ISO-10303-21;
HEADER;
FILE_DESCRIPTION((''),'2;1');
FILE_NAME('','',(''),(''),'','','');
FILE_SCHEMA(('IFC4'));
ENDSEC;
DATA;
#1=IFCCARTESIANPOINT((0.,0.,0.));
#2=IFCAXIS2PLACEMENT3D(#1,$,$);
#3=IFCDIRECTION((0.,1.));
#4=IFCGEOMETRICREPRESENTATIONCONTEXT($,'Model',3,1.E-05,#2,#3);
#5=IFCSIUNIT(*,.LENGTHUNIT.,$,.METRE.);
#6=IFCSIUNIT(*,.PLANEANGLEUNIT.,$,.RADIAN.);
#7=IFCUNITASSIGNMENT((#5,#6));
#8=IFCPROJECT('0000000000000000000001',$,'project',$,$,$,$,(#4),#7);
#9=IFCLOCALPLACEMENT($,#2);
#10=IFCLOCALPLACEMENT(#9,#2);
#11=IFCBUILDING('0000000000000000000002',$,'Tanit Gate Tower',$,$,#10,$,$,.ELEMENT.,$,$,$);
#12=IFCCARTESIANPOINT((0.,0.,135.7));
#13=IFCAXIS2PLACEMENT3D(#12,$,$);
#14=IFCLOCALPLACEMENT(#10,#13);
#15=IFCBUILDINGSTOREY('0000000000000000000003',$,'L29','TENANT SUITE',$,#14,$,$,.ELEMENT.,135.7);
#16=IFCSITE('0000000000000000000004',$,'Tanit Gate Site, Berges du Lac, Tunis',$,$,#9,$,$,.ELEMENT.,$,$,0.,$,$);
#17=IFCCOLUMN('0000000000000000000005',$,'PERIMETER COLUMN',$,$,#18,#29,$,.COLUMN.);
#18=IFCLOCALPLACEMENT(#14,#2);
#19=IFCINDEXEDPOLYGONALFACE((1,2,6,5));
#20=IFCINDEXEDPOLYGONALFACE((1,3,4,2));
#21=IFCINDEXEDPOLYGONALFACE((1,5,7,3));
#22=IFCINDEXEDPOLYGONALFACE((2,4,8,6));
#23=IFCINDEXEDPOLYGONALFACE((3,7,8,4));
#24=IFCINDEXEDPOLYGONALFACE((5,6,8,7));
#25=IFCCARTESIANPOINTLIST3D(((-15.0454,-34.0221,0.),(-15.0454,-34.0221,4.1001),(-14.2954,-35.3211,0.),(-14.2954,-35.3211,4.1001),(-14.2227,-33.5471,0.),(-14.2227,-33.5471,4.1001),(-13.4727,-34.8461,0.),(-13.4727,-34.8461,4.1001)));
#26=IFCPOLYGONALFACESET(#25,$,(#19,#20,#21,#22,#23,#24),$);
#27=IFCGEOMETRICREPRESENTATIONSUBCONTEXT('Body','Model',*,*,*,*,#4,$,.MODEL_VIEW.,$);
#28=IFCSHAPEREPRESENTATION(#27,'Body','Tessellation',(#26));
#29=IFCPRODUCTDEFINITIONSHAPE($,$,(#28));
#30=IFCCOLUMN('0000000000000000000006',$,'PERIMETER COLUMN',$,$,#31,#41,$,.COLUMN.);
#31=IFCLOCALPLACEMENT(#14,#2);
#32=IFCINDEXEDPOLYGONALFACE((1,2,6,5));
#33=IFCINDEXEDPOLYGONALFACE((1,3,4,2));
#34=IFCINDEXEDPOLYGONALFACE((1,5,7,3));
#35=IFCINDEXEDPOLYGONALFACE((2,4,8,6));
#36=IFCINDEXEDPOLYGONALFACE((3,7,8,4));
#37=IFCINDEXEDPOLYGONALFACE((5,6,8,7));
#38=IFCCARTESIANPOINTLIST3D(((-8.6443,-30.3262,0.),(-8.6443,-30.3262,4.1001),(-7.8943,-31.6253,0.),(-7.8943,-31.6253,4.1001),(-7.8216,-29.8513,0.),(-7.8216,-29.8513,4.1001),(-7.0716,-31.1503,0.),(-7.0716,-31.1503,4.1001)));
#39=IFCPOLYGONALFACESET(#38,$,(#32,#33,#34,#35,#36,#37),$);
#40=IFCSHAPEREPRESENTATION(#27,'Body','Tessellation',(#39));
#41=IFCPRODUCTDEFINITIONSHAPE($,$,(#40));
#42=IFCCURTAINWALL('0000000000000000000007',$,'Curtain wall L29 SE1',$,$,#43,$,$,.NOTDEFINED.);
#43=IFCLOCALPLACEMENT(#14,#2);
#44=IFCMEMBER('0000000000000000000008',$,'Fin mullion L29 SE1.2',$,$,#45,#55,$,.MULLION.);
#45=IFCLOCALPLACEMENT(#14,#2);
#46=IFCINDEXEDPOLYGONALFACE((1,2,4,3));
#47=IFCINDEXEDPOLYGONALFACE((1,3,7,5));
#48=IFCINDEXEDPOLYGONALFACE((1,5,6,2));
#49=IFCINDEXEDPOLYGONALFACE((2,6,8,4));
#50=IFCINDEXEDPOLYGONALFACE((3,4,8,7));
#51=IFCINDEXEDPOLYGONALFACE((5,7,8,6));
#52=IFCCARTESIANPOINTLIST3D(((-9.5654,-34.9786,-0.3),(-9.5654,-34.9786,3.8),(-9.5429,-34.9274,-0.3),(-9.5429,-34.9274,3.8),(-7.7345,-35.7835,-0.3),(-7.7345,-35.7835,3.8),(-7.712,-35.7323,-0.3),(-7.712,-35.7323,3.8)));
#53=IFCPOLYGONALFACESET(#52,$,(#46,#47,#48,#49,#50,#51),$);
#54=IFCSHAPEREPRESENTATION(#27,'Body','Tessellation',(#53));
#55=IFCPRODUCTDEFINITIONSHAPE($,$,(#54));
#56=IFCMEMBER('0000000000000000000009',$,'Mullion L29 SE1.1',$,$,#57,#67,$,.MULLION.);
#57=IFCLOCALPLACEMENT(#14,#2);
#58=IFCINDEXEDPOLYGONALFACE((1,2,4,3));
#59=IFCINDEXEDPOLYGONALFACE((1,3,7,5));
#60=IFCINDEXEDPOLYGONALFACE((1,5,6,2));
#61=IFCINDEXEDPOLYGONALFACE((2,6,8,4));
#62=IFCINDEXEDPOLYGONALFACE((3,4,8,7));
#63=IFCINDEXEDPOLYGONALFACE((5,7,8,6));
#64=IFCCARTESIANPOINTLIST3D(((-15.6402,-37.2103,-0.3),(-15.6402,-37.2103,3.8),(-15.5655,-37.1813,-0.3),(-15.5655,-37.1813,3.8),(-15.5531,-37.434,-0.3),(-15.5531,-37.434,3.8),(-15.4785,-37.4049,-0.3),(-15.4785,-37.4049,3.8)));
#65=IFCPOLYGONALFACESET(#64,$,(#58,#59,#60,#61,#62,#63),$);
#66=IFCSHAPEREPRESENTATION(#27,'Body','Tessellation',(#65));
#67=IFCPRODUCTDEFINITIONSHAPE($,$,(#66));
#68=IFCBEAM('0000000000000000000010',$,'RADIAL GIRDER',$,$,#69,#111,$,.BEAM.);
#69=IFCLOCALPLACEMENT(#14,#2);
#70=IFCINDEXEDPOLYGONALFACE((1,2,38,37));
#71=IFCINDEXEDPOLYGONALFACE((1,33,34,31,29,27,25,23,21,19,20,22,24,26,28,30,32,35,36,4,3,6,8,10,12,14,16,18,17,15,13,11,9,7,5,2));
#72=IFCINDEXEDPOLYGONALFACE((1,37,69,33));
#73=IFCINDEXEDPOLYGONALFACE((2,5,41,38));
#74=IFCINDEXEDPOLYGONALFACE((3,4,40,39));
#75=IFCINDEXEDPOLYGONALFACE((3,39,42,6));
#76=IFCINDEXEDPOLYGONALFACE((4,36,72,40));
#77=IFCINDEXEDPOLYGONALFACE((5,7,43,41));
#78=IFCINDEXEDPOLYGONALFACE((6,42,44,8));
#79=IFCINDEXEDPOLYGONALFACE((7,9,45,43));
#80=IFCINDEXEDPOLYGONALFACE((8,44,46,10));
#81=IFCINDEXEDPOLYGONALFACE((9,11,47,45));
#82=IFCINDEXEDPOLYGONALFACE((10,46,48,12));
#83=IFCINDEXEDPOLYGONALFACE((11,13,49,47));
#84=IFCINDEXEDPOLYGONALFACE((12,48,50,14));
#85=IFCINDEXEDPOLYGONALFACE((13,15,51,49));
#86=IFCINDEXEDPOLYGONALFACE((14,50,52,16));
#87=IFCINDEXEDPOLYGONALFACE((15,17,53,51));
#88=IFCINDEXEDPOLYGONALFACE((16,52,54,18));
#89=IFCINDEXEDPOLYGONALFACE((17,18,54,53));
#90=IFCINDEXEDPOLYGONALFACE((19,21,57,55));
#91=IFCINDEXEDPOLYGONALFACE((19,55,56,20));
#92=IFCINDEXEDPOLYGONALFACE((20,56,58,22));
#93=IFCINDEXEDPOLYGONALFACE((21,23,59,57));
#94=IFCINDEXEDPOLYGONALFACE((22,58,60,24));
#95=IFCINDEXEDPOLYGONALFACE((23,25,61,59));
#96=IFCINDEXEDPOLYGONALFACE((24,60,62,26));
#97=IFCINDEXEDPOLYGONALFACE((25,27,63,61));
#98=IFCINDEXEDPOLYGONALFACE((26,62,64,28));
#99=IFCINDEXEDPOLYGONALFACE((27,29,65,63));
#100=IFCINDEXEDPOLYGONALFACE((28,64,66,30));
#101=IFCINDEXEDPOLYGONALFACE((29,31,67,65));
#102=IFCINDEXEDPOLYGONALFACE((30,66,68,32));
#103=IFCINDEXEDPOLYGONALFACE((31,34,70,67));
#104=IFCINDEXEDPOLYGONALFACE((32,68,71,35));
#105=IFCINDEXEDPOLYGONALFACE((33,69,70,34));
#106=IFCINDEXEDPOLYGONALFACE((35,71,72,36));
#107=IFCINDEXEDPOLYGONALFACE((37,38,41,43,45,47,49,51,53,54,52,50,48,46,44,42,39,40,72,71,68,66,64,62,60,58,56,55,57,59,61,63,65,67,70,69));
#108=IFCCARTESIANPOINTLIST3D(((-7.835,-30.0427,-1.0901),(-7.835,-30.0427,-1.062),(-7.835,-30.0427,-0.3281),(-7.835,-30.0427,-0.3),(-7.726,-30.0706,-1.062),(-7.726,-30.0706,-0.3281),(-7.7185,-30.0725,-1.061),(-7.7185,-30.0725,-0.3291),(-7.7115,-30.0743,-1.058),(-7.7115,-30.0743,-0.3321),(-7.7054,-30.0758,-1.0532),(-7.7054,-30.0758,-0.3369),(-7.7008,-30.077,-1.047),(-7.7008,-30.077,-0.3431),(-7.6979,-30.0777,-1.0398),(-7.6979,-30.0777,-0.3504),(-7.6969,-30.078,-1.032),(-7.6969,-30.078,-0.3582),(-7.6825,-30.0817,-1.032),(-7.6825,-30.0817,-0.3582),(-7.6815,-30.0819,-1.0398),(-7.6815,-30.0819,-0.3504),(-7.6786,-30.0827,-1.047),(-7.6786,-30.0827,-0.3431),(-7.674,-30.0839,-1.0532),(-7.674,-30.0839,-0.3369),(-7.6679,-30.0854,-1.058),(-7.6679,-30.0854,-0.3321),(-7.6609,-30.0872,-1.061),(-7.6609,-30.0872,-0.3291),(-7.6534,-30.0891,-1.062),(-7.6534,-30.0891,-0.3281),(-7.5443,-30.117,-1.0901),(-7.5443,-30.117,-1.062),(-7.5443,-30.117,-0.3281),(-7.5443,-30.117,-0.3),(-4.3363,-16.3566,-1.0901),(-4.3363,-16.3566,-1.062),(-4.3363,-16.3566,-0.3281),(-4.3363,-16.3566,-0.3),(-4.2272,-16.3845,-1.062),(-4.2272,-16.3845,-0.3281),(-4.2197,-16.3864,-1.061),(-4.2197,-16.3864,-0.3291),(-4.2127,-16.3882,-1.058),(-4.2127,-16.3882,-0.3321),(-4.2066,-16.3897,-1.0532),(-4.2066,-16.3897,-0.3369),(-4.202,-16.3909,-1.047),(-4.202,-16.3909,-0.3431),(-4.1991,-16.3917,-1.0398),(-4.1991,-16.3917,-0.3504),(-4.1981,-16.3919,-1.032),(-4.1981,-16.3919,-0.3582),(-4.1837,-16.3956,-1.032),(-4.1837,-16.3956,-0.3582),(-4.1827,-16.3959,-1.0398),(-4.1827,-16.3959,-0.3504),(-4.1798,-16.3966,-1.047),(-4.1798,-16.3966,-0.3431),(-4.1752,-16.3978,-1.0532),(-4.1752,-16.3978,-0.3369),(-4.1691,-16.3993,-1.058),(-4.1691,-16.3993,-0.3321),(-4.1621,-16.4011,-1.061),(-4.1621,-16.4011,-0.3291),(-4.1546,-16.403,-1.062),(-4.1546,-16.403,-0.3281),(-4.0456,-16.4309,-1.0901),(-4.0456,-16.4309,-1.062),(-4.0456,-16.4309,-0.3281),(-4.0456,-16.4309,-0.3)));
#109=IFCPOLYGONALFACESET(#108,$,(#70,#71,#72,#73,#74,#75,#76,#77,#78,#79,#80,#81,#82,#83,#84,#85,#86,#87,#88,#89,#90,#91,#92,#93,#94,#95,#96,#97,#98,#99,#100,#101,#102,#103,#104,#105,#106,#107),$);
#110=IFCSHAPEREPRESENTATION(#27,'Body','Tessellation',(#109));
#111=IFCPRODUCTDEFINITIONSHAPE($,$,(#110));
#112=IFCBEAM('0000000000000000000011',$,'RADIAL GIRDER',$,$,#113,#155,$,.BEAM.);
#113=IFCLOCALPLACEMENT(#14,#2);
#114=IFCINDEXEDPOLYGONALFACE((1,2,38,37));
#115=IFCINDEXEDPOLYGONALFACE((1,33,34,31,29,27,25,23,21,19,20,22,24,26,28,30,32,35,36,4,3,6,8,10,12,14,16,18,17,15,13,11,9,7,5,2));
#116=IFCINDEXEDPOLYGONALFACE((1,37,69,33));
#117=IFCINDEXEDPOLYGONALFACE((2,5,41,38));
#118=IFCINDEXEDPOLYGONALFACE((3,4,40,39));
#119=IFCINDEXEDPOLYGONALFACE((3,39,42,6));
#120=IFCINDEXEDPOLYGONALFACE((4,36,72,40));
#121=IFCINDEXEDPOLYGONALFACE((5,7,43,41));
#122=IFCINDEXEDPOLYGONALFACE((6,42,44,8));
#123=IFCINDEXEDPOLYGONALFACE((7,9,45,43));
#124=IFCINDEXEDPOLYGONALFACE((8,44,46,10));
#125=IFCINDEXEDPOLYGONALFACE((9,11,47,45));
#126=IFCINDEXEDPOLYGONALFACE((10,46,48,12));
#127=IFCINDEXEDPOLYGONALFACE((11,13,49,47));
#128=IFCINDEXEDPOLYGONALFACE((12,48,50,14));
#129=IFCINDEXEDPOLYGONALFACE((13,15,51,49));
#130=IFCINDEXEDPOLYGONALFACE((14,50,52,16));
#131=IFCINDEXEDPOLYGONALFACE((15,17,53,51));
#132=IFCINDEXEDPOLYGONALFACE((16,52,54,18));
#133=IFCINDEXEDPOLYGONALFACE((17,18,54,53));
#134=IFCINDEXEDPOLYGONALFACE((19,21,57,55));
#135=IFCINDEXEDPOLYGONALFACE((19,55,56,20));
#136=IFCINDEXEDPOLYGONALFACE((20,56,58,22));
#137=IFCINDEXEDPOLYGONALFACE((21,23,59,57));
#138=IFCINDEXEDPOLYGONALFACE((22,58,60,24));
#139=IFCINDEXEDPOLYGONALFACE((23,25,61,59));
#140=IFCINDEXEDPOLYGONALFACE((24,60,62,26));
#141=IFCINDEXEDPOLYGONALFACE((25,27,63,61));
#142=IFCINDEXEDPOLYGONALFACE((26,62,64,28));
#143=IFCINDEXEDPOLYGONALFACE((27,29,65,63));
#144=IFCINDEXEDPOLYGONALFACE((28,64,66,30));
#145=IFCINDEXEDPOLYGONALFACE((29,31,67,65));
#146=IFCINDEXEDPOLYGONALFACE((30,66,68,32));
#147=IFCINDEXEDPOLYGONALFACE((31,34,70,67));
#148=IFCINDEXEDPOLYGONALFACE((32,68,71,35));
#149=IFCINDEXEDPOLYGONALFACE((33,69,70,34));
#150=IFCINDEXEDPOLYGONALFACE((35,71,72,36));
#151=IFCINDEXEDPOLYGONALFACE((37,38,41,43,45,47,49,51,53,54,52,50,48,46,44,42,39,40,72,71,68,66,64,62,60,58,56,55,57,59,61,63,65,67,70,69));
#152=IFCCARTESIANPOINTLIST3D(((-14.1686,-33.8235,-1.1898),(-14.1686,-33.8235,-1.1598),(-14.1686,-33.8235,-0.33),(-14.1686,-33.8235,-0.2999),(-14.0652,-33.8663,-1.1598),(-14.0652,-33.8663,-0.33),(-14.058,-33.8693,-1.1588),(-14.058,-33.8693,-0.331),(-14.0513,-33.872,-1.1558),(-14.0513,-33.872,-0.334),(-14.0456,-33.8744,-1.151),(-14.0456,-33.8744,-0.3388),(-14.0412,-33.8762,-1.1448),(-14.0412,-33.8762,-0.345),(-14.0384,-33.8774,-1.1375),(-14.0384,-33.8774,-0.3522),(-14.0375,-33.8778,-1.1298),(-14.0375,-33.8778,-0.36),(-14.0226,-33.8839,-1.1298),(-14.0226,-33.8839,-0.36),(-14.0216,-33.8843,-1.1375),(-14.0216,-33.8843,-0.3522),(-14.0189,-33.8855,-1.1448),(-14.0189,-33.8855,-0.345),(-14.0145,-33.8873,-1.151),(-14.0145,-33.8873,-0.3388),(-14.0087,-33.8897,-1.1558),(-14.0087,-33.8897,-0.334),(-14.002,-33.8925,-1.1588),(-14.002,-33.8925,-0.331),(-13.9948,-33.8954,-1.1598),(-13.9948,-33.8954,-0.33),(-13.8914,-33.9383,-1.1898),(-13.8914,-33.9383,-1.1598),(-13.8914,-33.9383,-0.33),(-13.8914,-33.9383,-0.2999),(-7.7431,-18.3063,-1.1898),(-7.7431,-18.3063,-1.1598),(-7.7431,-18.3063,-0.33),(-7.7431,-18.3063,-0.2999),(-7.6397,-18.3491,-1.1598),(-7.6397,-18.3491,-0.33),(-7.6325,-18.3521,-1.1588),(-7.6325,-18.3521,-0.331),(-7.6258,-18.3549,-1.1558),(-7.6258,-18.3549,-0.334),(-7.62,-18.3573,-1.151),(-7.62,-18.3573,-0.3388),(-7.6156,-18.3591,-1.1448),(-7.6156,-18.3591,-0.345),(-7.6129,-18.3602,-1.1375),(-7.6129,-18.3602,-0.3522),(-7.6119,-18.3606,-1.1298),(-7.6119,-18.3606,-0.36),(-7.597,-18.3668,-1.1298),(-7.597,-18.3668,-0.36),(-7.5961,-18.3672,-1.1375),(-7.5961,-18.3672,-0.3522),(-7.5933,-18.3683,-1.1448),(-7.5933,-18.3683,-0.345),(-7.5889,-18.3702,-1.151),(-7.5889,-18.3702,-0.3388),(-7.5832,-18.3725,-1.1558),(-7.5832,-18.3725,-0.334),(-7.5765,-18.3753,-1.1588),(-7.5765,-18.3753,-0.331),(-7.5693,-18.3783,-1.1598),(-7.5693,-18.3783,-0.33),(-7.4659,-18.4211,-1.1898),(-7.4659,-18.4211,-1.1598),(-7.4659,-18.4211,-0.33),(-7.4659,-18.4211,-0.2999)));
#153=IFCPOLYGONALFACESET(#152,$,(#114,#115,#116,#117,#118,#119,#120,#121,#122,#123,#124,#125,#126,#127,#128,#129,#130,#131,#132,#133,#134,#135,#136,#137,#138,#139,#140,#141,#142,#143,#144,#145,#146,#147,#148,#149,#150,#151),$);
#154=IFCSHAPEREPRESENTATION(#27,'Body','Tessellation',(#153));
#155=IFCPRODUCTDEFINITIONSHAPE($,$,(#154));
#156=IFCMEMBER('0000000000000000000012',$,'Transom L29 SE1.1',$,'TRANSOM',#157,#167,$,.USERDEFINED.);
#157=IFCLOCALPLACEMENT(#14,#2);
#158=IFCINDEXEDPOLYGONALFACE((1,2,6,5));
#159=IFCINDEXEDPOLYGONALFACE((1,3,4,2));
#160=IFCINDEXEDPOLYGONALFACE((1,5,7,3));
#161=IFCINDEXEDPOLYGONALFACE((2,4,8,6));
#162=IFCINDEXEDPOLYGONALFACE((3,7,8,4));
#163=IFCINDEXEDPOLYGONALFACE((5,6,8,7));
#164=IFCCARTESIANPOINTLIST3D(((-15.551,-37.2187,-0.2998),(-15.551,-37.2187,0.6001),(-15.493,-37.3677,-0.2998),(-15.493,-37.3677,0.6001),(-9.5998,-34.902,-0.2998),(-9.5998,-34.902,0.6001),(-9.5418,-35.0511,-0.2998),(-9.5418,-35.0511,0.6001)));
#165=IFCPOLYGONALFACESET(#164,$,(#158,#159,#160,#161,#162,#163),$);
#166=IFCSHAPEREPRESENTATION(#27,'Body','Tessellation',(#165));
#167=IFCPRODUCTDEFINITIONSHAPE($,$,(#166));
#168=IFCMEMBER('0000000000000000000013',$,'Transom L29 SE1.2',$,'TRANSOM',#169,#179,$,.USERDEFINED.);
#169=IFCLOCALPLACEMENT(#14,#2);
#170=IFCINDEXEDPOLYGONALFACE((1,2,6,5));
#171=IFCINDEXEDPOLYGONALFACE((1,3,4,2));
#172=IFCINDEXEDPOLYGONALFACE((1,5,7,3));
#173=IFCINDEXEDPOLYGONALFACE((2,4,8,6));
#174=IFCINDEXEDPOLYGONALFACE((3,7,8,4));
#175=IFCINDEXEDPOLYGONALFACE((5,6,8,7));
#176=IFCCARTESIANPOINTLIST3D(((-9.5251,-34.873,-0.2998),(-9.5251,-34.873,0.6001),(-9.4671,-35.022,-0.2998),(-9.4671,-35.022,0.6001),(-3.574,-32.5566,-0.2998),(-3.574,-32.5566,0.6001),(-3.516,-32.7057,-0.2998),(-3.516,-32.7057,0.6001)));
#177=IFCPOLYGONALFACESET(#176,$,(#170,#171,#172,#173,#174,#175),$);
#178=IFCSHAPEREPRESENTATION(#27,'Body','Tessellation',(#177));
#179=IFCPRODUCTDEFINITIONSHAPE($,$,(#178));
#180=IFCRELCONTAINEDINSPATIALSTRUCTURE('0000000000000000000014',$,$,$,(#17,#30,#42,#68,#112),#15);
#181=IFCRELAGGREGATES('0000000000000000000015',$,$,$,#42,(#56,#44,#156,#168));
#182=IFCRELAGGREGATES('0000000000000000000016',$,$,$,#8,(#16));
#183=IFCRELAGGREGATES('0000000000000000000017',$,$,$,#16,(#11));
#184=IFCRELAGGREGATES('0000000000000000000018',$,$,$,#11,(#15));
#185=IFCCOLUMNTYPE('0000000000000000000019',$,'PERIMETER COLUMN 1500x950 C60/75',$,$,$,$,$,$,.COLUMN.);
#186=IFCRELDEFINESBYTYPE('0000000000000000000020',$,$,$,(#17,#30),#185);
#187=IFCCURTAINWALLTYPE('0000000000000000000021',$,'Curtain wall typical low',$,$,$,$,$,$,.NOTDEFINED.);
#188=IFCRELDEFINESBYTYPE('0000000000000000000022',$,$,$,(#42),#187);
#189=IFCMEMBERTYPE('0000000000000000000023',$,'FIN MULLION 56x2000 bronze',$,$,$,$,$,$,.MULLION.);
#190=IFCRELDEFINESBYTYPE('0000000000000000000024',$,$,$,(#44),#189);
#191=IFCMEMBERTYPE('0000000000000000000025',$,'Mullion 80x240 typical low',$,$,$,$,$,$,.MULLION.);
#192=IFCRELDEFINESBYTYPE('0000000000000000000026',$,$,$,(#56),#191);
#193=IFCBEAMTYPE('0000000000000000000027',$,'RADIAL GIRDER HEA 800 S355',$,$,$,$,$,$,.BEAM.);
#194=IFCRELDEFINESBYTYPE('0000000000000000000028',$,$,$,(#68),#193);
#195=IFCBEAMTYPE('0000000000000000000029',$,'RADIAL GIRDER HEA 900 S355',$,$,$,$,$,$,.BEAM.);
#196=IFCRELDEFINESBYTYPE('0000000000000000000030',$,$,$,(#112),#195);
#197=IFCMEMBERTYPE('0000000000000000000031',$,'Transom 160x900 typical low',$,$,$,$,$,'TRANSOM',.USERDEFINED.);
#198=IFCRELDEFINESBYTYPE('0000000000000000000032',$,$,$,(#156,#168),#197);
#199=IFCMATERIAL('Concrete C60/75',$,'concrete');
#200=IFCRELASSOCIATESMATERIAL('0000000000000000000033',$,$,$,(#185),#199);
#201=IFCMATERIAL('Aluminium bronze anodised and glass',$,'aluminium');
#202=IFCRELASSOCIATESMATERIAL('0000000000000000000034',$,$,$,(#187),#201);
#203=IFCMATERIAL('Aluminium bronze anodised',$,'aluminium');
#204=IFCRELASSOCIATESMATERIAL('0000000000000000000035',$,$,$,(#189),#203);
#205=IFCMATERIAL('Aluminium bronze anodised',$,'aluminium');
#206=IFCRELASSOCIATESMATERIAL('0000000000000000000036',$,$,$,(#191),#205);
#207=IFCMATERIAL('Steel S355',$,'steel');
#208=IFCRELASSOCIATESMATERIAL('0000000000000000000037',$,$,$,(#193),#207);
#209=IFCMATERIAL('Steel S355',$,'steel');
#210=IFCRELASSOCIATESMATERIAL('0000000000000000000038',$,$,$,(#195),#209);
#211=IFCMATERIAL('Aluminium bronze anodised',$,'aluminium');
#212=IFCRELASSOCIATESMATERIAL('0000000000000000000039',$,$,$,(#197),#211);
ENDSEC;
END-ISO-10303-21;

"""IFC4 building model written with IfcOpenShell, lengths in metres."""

from ifc_helpers import new_model, si_unit, direction, frame, origin, origin_2d, place, context, subcontext, project, spatial, rectangle, i_section, extrude, material, material_profile, profile_set, type_object, element, aggregate, save


model = new_model("IFC4")

# Units and contexts
model_context = context("Model", 3, precision=1e-05, world=origin(), true_north=direction((0.0, 1.0)))
body_context = subcontext(model_context, "Body", "Model", "MODEL_VIEW")
ifc_project = project(units=[si_unit("LENGTHUNIT", "METRE"), si_unit("PLANEANGLEUNIT", "RADIAN")], contexts=[model_context])

# Site, building, storey
site_placement = place(None, origin())
site = spatial("IfcSite", under=ifc_project, at=site_placement, Name="Tanit Gate Site, Berges du Lac, Tunis", CompositionType="ELEMENT", RefElevation=0.0)
building_placement = place(site_placement, origin())
building = spatial("IfcBuilding", under=site, at=building_placement, Name="Tanit Gate Tower", CompositionType="ELEMENT")
storey_placement = place(building_placement, frame((0.0, 0.0, 135.7)))
storey = spatial("IfcBuildingStorey", under=building, at=storey_placement, Name="L29", Description="TENANT SUITE", CompositionType="ELEMENT", Elevation=135.7)

# Columns
ifc_material_1 = material(Name="Concrete C60/75", Category="concrete")
ifc_material_profile_1 = material_profile(ifc_material_1, rectangle(XDim=1.5, YDim=0.95, at=origin_2d()), Name="RC 1500x950")
ifc_profile_set_1 = profile_set([ifc_material_profile_1], Name="Concrete C60/75")
column_type = type_object("IfcColumnType", Name="PERIMETER COLUMN 1500x950 C60/75", PredefinedType="COLUMN", material=ifc_profile_set_1)
for number, where, z_axis, x_axis, name in (
    (1, (-14.259, -34.4341, 0.0), (0.0, 0.0, 1.0), (0.5, -0.866025, 0.0), "PERIMETER COLUMN"),
    (2, (-7.8579, -30.7383, 0.0), (0.0, 0.0, 1.0), (0.5, -0.866025, 0.0), "PERIMETER COLUMN"),
):
    element("IfcColumn", number, at=place(storey_placement, frame(where, z_axis=z_axis, x_axis=x_axis)), inside=storey, type_object=column_type, Name=name, PredefinedType="COLUMN", context=body_context, shape_type="SweptSolid", body=[
        extrude(rectangle(XDim=1.5, YDim=0.95, at=origin_2d()), origin(), (0.0, 0.0, 1.0), 4.1001),
    ])

# Curtain wall, members
ifc_material_2 = material(Name="Aluminium bronze anodised and glass", Category="aluminium")
curtain_wall_type = type_object("IfcCurtainWallType", Name="Curtain wall typical low", PredefinedType="NOTDEFINED", material=ifc_material_2)
curtain_wall_placement = place(storey_placement, origin())
curtain_wall = element("IfcCurtainWall", 3, at=curtain_wall_placement, inside=storey, type_object=curtain_wall_type, Name="Curtain wall L29 SE1", PredefinedType="NOTDEFINED")
ifc_material_3 = material(Name="Aluminium bronze anodised", Category="aluminium")
ifc_material_profile_2 = material_profile(ifc_material_3, rectangle(XDim=2.0, YDim=0.0559, at=origin_2d()), Name="56x2000 bronze fin mullion")
ifc_profile_set_2 = profile_set([ifc_material_profile_2], Name="Aluminium bronze anodised")
member_type_1 = type_object("IfcMemberType", Name="FIN MULLION 56x2000 bronze", PredefinedType="MULLION", material=ifc_profile_set_2)
member_1_placement = place(storey_placement, frame((-8.6387, -35.3555, -0.3), z_axis=(0.0, 0.0, 1.0), x_axis=(-0.91544, 0.402453, 0.0)))
member_1 = element("IfcMember", 4, at=member_1_placement, type_object=member_type_1, Name="Fin mullion L29 SE1.2", PredefinedType="MULLION", context=body_context, shape_type="SweptSolid", body=[
    extrude(rectangle(XDim=2.0, YDim=0.0559, at=origin_2d()), origin(), (0.0, 0.0, 1.0), 4.1001),
])
ifc_material_4 = material(Name="Aluminium bronze anodised", Category="aluminium")
ifc_material_profile_3 = material_profile(ifc_material_4, rectangle(XDim=0.24, YDim=0.0801, at=origin_2d()), Name="80x240 bronze mullion")
ifc_profile_set_3 = profile_set([ifc_material_profile_3], Name="Aluminium bronze anodised")
member_type_2 = type_object("IfcMemberType", Name="Mullion 80x240 typical low", PredefinedType="MULLION", material=ifc_profile_set_3)
member_2_placement = place(storey_placement, frame((-15.5593, -37.3076, -0.3), z_axis=(0.0, 0.0, 1.0), x_axis=(-0.362737, 0.931892, 0.0)))
member_2 = element("IfcMember", 5, at=member_2_placement, type_object=member_type_2, Name="Mullion L29 SE1.1", PredefinedType="MULLION", context=body_context, shape_type="SweptSolid", body=[
    extrude(rectangle(XDim=0.24, YDim=0.0801, at=origin_2d()), origin(), (0.0, 0.0, 1.0), 4.1001),
])

# Beams
ifc_material_5 = material(Name="Steel S355", Category="steel")
ifc_material_profile_4 = material_profile(ifc_material_5, i_section(OverallWidth=0.3, OverallDepth=0.79, WebThickness=0.0149, FlangeThickness=0.0281, FilletRadius=0.03, at=origin_2d()), Name="HEA 800")
ifc_profile_set_4 = profile_set([ifc_material_profile_4], Name="Steel S355")
beam_type_1 = type_object("IfcBeamType", Name="RADIAL GIRDER HEA 800 S355", PredefinedType="BEAM", material=ifc_profile_set_4)
beam_1_placement = place(storey_placement, frame((-7.6897, -30.0798, -0.6951), z_axis=(0.24768, 0.968842, 0.0), x_axis=(-0.968842, 0.24768, 0.0)))
element("IfcBeam", 6, at=beam_1_placement, inside=storey, type_object=beam_type_1, Name="RADIAL GIRDER", PredefinedType="BEAM", context=body_context, shape_type="SweptSolid", body=[
    extrude(i_section(OverallWidth=0.3, OverallDepth=0.79, WebThickness=0.0149, FlangeThickness=0.0281, FilletRadius=0.03, at=origin_2d()), origin(), (0.0, 0.0, 1.0), 14.1262),
])
ifc_material_6 = material(Name="Steel S355", Category="steel")
ifc_material_profile_5 = material_profile(ifc_material_6, i_section(OverallWidth=0.3, OverallDepth=0.8899, WebThickness=0.0161, FlangeThickness=0.03, FilletRadius=0.03, at=origin_2d()), Name="HEA 900")
ifc_profile_set_5 = profile_set([ifc_material_profile_5], Name="Steel S355")
beam_type_2 = type_object("IfcBeamType", Name="RADIAL GIRDER HEA 900 S355", PredefinedType="BEAM", material=ifc_profile_set_5)
beam_2_placement = place(storey_placement, frame((-14.03, -33.8809, -0.7449), z_axis=(0.382589, 0.923919, 0.0), x_axis=(-0.923919, 0.382589, 0.0)))
element("IfcBeam", 7, at=beam_2_placement, inside=storey, type_object=beam_type_2, Name="RADIAL GIRDER", PredefinedType="BEAM", context=body_context, shape_type="SweptSolid", body=[
    extrude(i_section(OverallWidth=0.3, OverallDepth=0.8899, WebThickness=0.0161, FlangeThickness=0.03, FilletRadius=0.03, at=origin_2d()), origin(), (0.0, 0.0, 1.0), 16.7949),
])

# Members
ifc_material_7 = material(Name="Aluminium bronze anodised", Category="aluminium")
ifc_material_profile_6 = material_profile(ifc_material_7, rectangle(XDim=0.1599, YDim=0.8999, at=origin_2d()), Name="160x900 bronze transom")
ifc_profile_set_6 = profile_set([ifc_material_profile_6], Name="Aluminium bronze anodised")
member_type_3 = type_object("IfcMemberType", Name="Transom 160x900 typical low", ElementType="TRANSOM", PredefinedType="USERDEFINED", material=ifc_profile_set_6)
member_3_placement = place(storey_placement, frame((-15.522, -37.2932, 0.1501), z_axis=(0.931883, 0.36276, 0.0), x_axis=(-0.36276, 0.931883, 0.0)))
member_3 = element("IfcMember", 8, at=member_3_placement, type_object=member_type_3, Name="Transom L29 SE1.1", ObjectType="TRANSOM", PredefinedType="USERDEFINED", context=body_context, shape_type="SweptSolid", body=[
    extrude(rectangle(XDim=0.1599, YDim=0.8999, at=origin_2d()), origin(), (0.0, 0.0, 1.0), 6.3862),
])
member_4_placement = place(storey_placement, frame((-9.4961, -34.9475, 0.1501), z_axis=(0.931896, 0.362727, 0.0), x_axis=(-0.362727, 0.931896, 0.0)))
member_4 = element("IfcMember", 9, at=member_4_placement, type_object=member_type_3, Name="Transom L29 SE1.2", ObjectType="TRANSOM", PredefinedType="USERDEFINED", context=body_context, shape_type="SweptSolid", body=[
    extrude(rectangle(XDim=0.1599, YDim=0.8999, at=origin_2d()), origin(), (0.0, 0.0, 1.0), 6.386),
])

aggregate(curtain_wall, [member_2, member_1, member_3, member_4])

save(model, "model.ifc")
